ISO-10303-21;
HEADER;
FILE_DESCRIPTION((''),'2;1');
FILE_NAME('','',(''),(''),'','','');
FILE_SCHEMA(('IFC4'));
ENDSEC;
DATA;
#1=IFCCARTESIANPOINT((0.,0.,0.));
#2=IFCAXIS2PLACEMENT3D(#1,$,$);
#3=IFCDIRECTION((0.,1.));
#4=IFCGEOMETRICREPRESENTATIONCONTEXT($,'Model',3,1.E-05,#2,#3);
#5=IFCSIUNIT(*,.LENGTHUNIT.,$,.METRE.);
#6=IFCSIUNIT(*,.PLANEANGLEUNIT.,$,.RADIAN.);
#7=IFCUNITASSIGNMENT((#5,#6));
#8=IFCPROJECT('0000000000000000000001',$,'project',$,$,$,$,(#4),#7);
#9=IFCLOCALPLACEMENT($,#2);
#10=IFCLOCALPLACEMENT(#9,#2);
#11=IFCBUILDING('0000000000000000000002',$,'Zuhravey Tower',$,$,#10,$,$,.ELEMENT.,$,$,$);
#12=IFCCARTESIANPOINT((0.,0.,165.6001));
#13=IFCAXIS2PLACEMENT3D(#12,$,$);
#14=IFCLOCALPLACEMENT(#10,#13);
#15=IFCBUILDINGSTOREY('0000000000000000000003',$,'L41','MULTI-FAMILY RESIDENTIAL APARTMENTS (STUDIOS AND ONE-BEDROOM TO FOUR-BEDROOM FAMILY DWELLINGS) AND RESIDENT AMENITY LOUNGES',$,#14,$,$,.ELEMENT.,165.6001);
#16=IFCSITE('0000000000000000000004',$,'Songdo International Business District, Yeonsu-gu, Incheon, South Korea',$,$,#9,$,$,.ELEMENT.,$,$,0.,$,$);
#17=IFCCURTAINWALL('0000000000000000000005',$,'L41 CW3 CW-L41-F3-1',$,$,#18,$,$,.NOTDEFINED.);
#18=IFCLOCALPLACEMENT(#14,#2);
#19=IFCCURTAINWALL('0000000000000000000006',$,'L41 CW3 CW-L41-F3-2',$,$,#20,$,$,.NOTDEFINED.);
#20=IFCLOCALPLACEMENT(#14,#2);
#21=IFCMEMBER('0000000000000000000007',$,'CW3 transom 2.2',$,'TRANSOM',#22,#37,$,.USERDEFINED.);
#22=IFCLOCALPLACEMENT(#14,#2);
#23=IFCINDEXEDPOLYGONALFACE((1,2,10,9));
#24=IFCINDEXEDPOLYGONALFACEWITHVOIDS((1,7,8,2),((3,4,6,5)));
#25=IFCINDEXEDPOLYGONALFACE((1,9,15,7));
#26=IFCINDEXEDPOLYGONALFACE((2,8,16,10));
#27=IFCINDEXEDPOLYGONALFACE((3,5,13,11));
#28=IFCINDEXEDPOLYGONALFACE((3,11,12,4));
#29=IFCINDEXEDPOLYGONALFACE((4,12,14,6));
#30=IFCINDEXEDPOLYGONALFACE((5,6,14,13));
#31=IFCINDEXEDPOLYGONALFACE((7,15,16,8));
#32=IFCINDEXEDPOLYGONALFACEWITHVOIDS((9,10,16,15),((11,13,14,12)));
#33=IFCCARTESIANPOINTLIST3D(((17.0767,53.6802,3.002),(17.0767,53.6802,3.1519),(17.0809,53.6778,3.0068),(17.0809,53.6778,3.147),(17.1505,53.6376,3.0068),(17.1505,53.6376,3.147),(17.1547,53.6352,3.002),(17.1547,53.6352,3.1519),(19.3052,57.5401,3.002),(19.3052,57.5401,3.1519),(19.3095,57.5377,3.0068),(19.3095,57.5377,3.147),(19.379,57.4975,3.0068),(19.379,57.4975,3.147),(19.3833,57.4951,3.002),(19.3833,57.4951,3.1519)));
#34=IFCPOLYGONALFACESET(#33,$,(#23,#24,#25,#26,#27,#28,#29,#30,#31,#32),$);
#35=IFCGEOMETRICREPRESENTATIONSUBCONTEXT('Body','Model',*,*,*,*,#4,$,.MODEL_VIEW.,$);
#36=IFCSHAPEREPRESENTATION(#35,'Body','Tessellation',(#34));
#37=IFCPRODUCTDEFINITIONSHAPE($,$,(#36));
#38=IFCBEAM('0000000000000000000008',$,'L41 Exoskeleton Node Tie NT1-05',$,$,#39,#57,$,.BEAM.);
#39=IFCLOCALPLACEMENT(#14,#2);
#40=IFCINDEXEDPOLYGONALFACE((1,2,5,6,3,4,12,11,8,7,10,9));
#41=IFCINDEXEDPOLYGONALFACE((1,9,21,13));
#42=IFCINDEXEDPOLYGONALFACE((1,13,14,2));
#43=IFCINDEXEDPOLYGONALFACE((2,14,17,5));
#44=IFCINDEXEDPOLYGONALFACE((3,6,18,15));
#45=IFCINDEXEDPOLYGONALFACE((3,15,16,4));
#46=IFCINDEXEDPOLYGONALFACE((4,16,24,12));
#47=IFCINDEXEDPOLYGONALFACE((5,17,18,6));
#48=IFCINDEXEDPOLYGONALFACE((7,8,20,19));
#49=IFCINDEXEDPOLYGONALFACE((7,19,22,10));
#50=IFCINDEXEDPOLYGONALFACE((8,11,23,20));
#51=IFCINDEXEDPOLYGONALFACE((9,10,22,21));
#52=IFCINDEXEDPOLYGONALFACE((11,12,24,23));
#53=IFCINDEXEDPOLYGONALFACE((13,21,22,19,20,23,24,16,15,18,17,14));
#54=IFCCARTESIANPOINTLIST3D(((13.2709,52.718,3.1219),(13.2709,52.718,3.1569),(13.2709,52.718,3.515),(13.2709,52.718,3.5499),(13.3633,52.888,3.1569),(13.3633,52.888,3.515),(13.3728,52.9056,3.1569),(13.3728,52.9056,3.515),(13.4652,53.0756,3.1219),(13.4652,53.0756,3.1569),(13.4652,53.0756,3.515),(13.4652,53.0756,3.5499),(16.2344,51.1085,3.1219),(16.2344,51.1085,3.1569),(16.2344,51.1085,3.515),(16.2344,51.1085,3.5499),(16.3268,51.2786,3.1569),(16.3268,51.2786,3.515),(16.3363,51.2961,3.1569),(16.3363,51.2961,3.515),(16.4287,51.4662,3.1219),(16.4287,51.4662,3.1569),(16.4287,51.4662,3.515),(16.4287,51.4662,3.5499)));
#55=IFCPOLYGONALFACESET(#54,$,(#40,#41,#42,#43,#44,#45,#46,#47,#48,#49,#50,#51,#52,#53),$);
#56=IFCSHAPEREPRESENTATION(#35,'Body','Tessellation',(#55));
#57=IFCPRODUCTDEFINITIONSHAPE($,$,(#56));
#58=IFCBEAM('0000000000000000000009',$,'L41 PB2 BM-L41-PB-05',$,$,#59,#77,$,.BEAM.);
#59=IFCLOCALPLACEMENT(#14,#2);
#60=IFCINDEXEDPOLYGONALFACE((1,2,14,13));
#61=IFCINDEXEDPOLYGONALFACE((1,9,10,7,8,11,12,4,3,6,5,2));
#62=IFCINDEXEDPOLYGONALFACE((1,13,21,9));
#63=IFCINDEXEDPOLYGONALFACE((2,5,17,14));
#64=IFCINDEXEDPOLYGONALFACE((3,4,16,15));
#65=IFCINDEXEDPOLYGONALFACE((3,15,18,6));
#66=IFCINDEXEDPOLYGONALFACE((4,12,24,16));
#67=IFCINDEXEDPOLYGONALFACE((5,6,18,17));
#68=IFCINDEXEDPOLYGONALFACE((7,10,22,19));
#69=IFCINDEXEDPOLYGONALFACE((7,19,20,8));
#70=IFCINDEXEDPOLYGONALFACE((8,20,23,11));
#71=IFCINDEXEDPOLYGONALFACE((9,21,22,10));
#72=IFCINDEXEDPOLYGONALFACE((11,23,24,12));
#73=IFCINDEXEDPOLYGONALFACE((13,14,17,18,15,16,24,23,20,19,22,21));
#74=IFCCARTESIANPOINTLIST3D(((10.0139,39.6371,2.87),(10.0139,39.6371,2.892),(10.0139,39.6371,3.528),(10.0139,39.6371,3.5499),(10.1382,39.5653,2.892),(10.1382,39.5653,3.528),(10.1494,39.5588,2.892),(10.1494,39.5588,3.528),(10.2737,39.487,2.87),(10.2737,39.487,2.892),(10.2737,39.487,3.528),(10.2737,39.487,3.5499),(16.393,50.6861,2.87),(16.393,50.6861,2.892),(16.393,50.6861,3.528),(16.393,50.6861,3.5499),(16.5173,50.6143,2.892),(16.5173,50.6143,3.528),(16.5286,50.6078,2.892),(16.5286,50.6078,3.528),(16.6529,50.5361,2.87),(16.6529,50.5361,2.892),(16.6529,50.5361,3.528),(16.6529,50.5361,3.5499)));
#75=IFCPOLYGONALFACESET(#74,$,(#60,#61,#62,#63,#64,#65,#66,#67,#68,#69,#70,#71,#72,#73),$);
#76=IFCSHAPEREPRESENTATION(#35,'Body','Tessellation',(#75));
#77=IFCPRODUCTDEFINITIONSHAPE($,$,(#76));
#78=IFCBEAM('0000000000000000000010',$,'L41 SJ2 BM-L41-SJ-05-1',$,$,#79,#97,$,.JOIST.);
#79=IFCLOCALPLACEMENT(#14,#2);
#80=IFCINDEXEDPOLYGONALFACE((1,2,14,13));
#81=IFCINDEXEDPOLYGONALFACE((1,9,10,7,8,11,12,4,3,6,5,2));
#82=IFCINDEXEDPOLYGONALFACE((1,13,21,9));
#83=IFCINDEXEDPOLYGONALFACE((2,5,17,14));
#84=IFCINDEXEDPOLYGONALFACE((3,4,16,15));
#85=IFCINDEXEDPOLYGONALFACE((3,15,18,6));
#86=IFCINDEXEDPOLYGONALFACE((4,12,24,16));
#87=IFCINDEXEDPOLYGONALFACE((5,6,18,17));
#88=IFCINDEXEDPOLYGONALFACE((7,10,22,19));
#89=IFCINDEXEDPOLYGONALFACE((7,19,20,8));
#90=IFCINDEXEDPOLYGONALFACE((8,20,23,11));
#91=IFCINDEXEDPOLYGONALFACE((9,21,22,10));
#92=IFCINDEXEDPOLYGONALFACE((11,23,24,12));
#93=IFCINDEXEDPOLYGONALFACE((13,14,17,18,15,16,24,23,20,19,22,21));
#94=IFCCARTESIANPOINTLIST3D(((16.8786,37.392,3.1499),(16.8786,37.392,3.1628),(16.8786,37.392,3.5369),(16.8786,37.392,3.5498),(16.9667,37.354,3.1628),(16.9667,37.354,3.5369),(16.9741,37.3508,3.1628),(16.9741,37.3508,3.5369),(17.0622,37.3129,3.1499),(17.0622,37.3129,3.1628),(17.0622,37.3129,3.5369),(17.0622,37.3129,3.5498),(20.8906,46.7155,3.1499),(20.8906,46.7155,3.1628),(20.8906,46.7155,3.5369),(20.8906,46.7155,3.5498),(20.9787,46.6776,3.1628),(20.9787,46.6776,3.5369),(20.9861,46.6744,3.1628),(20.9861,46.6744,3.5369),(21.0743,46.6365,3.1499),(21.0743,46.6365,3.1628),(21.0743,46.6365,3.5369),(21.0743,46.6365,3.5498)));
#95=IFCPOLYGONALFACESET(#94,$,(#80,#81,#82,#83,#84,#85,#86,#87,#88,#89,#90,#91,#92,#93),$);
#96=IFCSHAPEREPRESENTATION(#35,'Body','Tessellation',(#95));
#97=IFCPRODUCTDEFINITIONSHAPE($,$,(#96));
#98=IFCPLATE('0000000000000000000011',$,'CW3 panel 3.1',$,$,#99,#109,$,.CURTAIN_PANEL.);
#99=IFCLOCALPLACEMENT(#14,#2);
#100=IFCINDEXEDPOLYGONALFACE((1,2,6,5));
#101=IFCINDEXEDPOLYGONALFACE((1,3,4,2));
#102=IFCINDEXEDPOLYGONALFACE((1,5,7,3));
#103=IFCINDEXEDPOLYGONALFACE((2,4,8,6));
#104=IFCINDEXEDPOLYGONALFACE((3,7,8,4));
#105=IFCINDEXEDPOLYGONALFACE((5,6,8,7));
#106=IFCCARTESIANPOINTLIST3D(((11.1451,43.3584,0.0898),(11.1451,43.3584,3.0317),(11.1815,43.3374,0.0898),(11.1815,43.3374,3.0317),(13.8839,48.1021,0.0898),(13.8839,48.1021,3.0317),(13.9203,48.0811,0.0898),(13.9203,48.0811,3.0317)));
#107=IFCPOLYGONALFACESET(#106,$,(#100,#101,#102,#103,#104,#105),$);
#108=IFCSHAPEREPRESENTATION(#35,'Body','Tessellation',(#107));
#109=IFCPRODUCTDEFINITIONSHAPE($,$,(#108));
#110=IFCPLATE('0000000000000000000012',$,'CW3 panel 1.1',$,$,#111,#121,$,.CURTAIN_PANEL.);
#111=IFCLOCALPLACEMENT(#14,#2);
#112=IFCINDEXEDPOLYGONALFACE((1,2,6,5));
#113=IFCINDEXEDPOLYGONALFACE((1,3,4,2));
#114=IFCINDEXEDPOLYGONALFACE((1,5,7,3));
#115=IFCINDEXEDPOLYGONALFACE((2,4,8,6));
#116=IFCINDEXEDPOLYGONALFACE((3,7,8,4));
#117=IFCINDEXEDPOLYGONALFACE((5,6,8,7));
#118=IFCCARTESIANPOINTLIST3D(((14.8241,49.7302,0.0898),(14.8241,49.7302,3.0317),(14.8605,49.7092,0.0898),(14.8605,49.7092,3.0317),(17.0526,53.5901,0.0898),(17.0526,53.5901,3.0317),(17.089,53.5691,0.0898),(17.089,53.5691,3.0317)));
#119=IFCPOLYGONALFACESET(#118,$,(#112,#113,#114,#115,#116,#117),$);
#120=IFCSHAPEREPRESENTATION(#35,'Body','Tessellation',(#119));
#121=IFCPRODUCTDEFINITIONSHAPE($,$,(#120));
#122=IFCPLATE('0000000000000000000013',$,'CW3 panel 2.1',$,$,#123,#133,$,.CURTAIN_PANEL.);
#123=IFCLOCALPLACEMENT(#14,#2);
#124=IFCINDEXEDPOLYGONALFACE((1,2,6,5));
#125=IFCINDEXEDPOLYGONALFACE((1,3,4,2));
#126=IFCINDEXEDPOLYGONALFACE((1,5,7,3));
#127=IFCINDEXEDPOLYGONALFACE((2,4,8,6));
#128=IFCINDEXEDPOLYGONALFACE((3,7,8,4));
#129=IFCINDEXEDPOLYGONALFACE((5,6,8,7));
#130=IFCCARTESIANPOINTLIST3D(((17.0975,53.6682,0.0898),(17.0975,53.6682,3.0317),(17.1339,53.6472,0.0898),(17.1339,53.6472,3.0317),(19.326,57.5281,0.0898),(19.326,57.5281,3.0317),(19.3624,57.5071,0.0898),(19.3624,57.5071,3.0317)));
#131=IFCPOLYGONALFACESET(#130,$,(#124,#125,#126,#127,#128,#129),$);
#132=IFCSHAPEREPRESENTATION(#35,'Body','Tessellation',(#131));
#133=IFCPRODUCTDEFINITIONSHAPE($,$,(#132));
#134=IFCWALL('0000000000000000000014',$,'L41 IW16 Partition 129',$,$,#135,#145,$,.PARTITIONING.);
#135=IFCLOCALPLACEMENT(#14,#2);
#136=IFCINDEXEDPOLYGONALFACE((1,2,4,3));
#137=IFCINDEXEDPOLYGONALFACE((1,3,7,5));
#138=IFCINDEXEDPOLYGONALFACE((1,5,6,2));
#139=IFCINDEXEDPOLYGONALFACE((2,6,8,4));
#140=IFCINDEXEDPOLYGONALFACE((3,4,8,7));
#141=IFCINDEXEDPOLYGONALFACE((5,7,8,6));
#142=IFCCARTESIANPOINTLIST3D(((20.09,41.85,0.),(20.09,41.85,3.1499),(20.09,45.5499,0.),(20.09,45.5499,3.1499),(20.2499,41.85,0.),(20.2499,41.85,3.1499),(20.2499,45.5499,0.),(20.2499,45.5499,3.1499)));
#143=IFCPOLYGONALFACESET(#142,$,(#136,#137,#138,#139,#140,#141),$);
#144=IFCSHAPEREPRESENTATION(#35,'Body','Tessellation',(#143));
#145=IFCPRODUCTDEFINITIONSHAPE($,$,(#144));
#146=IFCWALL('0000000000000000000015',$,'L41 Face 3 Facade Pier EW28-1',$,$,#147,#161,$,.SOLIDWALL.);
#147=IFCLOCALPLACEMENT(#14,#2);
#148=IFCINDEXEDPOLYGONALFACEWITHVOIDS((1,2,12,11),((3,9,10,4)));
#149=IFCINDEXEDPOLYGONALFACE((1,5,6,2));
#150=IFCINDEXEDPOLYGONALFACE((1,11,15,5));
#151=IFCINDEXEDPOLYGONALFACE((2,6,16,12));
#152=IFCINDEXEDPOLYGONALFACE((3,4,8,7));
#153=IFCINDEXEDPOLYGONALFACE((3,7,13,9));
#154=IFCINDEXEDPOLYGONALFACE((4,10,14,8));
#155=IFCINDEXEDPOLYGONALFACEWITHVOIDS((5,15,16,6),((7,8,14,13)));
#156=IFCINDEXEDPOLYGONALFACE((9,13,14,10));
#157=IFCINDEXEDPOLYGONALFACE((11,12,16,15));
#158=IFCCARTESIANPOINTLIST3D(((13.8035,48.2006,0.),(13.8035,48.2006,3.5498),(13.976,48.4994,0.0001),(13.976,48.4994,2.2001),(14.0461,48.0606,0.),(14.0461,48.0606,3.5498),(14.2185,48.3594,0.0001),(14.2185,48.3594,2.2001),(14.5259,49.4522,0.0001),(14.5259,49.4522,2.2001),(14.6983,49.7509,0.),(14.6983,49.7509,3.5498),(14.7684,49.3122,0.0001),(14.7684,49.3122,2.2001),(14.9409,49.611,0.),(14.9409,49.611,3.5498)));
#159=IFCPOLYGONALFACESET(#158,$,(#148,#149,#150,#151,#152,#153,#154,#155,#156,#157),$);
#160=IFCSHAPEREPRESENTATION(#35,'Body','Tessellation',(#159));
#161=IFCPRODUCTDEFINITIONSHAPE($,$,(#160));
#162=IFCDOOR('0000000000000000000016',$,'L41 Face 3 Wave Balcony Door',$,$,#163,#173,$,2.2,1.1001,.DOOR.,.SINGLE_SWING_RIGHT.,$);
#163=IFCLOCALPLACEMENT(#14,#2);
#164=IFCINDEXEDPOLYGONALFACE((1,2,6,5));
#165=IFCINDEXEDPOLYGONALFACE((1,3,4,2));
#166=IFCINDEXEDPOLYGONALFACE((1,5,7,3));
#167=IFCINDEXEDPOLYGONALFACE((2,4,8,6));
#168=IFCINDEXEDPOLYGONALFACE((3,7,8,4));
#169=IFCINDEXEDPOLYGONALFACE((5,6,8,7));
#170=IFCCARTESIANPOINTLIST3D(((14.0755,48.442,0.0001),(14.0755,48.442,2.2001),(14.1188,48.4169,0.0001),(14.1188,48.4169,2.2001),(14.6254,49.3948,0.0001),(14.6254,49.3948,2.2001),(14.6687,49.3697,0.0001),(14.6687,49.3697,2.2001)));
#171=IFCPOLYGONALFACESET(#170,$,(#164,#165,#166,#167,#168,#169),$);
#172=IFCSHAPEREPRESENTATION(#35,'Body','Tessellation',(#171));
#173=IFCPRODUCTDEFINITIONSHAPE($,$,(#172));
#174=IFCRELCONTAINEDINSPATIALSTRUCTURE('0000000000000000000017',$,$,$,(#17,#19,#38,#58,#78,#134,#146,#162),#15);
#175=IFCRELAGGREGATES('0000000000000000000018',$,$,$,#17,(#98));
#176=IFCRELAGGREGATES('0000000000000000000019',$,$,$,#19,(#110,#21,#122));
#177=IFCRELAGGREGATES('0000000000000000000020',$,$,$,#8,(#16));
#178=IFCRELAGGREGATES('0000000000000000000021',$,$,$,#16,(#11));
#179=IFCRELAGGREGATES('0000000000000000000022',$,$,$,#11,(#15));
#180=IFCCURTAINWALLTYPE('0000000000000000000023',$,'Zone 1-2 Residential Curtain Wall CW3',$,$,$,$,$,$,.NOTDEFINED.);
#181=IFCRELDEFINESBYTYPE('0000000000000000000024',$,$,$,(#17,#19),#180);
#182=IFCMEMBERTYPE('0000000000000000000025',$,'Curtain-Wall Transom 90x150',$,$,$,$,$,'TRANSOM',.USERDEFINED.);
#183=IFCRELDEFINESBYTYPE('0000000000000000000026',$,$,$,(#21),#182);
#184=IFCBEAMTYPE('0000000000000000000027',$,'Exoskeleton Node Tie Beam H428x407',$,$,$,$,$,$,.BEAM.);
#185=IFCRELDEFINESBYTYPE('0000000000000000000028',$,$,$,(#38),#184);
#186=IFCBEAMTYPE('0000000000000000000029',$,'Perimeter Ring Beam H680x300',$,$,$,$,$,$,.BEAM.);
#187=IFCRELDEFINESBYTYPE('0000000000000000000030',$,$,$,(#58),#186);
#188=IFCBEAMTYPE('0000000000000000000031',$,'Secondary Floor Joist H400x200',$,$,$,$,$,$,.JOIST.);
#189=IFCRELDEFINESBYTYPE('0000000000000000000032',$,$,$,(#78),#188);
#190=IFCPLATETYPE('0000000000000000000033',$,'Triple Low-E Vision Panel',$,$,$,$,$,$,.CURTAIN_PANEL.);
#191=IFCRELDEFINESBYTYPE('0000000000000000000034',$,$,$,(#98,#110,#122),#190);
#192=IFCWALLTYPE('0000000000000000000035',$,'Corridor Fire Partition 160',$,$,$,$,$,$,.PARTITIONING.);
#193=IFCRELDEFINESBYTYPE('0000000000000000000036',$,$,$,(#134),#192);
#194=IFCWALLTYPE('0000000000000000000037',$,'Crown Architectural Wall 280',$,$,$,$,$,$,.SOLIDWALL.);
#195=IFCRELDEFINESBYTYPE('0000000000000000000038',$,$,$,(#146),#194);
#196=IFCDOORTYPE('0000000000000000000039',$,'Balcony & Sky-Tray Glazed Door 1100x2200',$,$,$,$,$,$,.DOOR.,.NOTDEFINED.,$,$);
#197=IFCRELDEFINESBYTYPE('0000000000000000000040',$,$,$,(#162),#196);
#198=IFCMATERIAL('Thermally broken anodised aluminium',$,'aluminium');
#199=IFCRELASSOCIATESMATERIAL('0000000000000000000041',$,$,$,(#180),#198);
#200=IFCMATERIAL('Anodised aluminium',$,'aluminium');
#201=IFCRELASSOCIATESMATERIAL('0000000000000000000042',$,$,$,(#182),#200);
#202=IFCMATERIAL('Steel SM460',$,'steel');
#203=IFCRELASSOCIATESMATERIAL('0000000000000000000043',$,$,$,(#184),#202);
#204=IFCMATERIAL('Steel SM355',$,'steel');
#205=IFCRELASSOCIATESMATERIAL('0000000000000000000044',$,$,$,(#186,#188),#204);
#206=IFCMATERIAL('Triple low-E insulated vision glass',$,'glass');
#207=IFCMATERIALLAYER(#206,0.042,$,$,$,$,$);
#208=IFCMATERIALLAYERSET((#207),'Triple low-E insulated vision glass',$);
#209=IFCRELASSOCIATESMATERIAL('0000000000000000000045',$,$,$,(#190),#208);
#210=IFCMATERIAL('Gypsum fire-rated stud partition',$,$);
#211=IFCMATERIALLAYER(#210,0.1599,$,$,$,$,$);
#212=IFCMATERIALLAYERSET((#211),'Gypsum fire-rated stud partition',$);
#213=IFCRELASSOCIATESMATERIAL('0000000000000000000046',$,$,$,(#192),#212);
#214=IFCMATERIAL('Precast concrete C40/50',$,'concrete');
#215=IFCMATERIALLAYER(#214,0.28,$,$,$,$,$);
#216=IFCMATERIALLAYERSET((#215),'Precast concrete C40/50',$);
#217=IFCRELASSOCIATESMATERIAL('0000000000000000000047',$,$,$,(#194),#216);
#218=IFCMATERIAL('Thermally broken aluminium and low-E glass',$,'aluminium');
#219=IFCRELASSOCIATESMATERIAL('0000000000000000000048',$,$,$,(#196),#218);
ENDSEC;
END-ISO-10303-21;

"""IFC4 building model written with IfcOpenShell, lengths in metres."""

from ifc_helpers import new_model, si_unit, direction, frame, frame_2d, origin, origin_2d, place, context, subcontext, project, spatial, rectangle, hollow_rectangle, i_section, extrude, material, layer, layer_set, material_profile, profile_set, type_object, element, fill, aggregate, save


model = new_model("IFC4")

# Units and contexts
model_context = context("Model", 3, precision=1e-05, world=origin(), true_north=direction((0.0, 1.0)))
body_context = subcontext(model_context, "Body", "Model", "MODEL_VIEW")
ifc_project = project(units=[si_unit("LENGTHUNIT", "METRE"), si_unit("PLANEANGLEUNIT", "RADIAN")], contexts=[model_context])

# Site, building, storey
site_placement = place(None, origin())
site = spatial("IfcSite", under=ifc_project, at=site_placement, Name="Songdo International Business District, Yeonsu-gu, Incheon, South Korea", CompositionType="ELEMENT", RefElevation=0.0)
building_placement = place(site_placement, origin())
building = spatial("IfcBuilding", under=site, at=building_placement, Name="Zuhravey Tower", CompositionType="ELEMENT")
storey_placement = place(building_placement, frame((0.0, 0.0, 165.6001)))
storey = spatial("IfcBuildingStorey", under=building, at=storey_placement, Name="L41", Description="MULTI-FAMILY RESIDENTIAL APARTMENTS (STUDIOS AND ONE-BEDROOM TO FOUR-BEDROOM FAMILY DWELLINGS) AND RESIDENT AMENITY LOUNGES", CompositionType="ELEMENT", Elevation=165.6001)

# Curtain walls
ifc_material_1 = material(Name="Thermally broken anodised aluminium", Category="aluminium")
curtain_wall_type = type_object("IfcCurtainWallType", Name="Zone 1-2 Residential Curtain Wall CW3", PredefinedType="NOTDEFINED", material=ifc_material_1)
curtain_wall_1_placement = place(storey_placement, origin())
curtain_wall_1 = element("IfcCurtainWall", 1, at=curtain_wall_1_placement, inside=storey, type_object=curtain_wall_type, Name="L41 CW3 CW-L41-F3-1", PredefinedType="NOTDEFINED")
ifc_material_2 = material(Name="Anodised aluminium", Category="aluminium")
curtain_wall_2_placement = place(storey_placement, origin())
curtain_wall_2 = element("IfcCurtainWall", 2, at=curtain_wall_2_placement, inside=storey, type_object=curtain_wall_type, Name="L41 CW3 CW-L41-F3-2", PredefinedType="NOTDEFINED")

# Member
ifc_material_profile_1 = material_profile(ifc_material_2, hollow_rectangle(XDim=0.0901, YDim=0.1499, WallThickness=0.0049, at=origin_2d()), Name="ALU-RHS-90x150x5")
ifc_profile_set_1 = profile_set([ifc_material_profile_1], Name="Anodised aluminium")
member_type_1 = type_object("IfcMemberType", Name="Curtain-Wall Transom 90x150", ElementType="TRANSOM", PredefinedType="USERDEFINED", material=ifc_profile_set_1)
member_1_placement = place(storey_placement, frame((17.1157, 53.6577, 3.0769), z_axis=(0.500004, 0.866023, 0.0), x_axis=(-0.866023, 0.500004, 0.0)))
member_1 = element("IfcMember", 3, at=member_1_placement, type_object=member_type_1, Name="CW3 transom 2.2", ObjectType="TRANSOM", PredefinedType="USERDEFINED", context=body_context, shape_type="SweptSolid", body=[
    extrude(hollow_rectangle(XDim=0.0901, YDim=0.1499, WallThickness=0.0049, at=origin_2d()), origin(), (0.0, 0.0, 1.0), 4.457),
])

# Beams
ifc_material_3 = material(Name="Steel SM460", Category="steel")
ifc_material_profile_2 = material_profile(ifc_material_3, i_section(OverallWidth=0.407, OverallDepth=0.428, WebThickness=0.02, FlangeThickness=0.0349, at=origin_2d()), Name="H-428x407x20x35")
ifc_profile_set_2 = profile_set([ifc_material_profile_2], Name="Steel SM460")
beam_type_1 = type_object("IfcBeamType", Name="Exoskeleton Node Tie Beam H428x407", PredefinedType="BEAM", material=ifc_profile_set_2)
beam_1_placement = place(storey_placement, frame((16.3315, 51.2874, 3.3359), z_axis=(-0.878768, 0.477248, 0.0), x_axis=(-0.477248, -0.878768, 0.0)))
element("IfcBeam", 4, at=beam_1_placement, inside=storey, type_object=beam_type_1, Name="L41 Exoskeleton Node Tie NT1-05", PredefinedType="BEAM", context=body_context, shape_type="SweptSolid", body=[
    extrude(i_section(OverallWidth=0.407, OverallDepth=0.428, WebThickness=0.02, FlangeThickness=0.0349, at=origin_2d()), origin(), (0.0, 0.0, 1.0), 3.3723),
])
ifc_material_4 = material(Name="Steel SM355", Category="steel")
ifc_material_profile_3 = material_profile(ifc_material_4, i_section(OverallWidth=0.3, OverallDepth=0.6799, WebThickness=0.0129, FlangeThickness=0.022, at=origin_2d()), Name="H-680x300x13x22")
ifc_profile_set_3 = profile_set([ifc_material_profile_3], Name="Steel SM355")
beam_type_2 = type_object("IfcBeamType", Name="Perimeter Ring Beam H680x300", PredefinedType="BEAM", material=ifc_profile_set_3)
beam_2_placement = place(storey_placement, frame((16.5229, 50.6111, 3.21), z_axis=(-0.499998, -0.866027, 0.0), x_axis=(0.866027, -0.499998, 0.0)))
element("IfcBeam", 5, at=beam_2_placement, inside=storey, type_object=beam_type_2, Name="L41 PB2 BM-L41-PB-05", PredefinedType="BEAM", context=body_context, shape_type="SweptSolid", body=[
    extrude(i_section(OverallWidth=0.3, OverallDepth=0.6799, WebThickness=0.0129, FlangeThickness=0.022, at=origin_2d()), origin(), (0.0, 0.0, 1.0), 12.7583),
])
ifc_material_profile_4 = material_profile(ifc_material_4, i_section(OverallWidth=0.2, OverallDepth=0.3999, WebThickness=0.0081, FlangeThickness=0.0129, at=origin_2d()), Name="H-400x200x8x13")
ifc_profile_set_4 = profile_set([ifc_material_profile_4], Name="Steel SM355")
beam_type_3 = type_object("IfcBeamType", Name="Secondary Floor Joist H400x200", PredefinedType="JOIST", material=ifc_profile_set_4)
beam_3_placement = place(storey_placement, frame((20.9824, 46.676, 3.3499), z_axis=(-0.395266, -0.918567, 0.0), x_axis=(0.918567, -0.395266, 0.0)))
element("IfcBeam", 6, at=beam_3_placement, inside=storey, type_object=beam_type_3, Name="L41 SJ2 BM-L41-SJ-05-1", PredefinedType="JOIST", context=body_context, shape_type="SweptSolid", body=[
    extrude(i_section(OverallWidth=0.2, OverallDepth=0.3999, WebThickness=0.0081, FlangeThickness=0.0129, at=origin_2d()), origin(), (0.0, 0.0, 1.0), 10.1501),
])

# Plates
ifc_material_5 = material(Name="Triple low-E insulated vision glass", Category="glass")
ifc_layer_1 = layer(ifc_material_5, 0.042)
ifc_layer_set_1 = layer_set([ifc_layer_1], Name="Triple low-E insulated vision glass")
plate_type = type_object("IfcPlateType", Name="Triple Low-E Vision Panel", PredefinedType="CURTAIN_PANEL", material=ifc_layer_set_1)
plate_1_placement = place(storey_placement, frame((12.5327, 45.7197, 0.0898), z_axis=(0.0, 0.0, 1.0), x_axis=(0.500003, 0.866023, 0.0)))
plate_1 = element("IfcPlate", 7, at=plate_1_placement, type_object=plate_type, Name="CW3 panel 3.1", PredefinedType="CURTAIN_PANEL", context=body_context, shape_type="SweptSolid", body=[
    extrude(rectangle(XDim=5.4775, YDim=0.042, at=origin_2d()), origin(), (0.0, 0.0, 1.0), 2.9419),
])
aggregate(curtain_wall_1, [plate_1])
plate_2_placement = place(storey_placement, frame((15.9565, 51.6497, 0.0898), z_axis=(0.0, 0.0, 1.0), x_axis=(0.499998, 0.866027, 0.0)))
plate_2 = element("IfcPlate", 8, at=plate_2_placement, type_object=plate_type, Name="CW3 panel 1.1", PredefinedType="CURTAIN_PANEL", context=body_context, shape_type="SweptSolid", body=[
    extrude(rectangle(XDim=4.457, YDim=0.042, at=origin_2d()), origin(), (0.0, 0.0, 1.0), 2.9419),
])
plate_3_placement = place(storey_placement, frame((18.23, 55.5876, 0.0898), z_axis=(0.0, 0.0, 1.0), x_axis=(0.499998, 0.866027, 0.0)))
plate_3 = element("IfcPlate", 9, at=plate_3_placement, type_object=plate_type, Name="CW3 panel 2.1", PredefinedType="CURTAIN_PANEL", context=body_context, shape_type="SweptSolid", body=[
    extrude(rectangle(XDim=4.457, YDim=0.042, at=origin_2d()), origin(), (0.0, 0.0, 1.0), 2.9419),
])
aggregate(curtain_wall_2, [plate_2, member_1, plate_3])

# Wall
ifc_material_6 = material(Name="Gypsum fire-rated stud partition")
ifc_layer_2 = layer(ifc_material_6, 0.1599)
ifc_layer_set_2 = layer_set([ifc_layer_2], Name="Gypsum fire-rated stud partition")
wall_type_1 = type_object("IfcWallType", Name="Corridor Fire Partition 160", PredefinedType="PARTITIONING", material=ifc_layer_set_2)
wall_1_placement = place(storey_placement, frame((20.1699, 45.55, 0.0), z_axis=(0.0, 0.0, 1.0), x_axis=(0.0, -1.0, 0.0)))
element("IfcWall", 10, at=wall_1_placement, inside=storey, type_object=wall_type_1, Name="L41 IW16 Partition 129", PredefinedType="PARTITIONING", context=body_context, shape_type="SweptSolid", body=[
    extrude(rectangle(XDim=3.7, YDim=0.1599, at=frame_2d((1.8501, 0.0))), origin(), (0.0, 0.0, 1.0), 3.1499),
])

# Wall, opening, door
ifc_material_7 = material(Name="Precast concrete C40/50", Category="concrete")
ifc_layer_3 = layer(ifc_material_7, 0.28)
ifc_layer_set_3 = layer_set([ifc_layer_3], Name="Precast concrete C40/50")
wall_type_2 = type_object("IfcWallType", Name="Crown Architectural Wall 280", PredefinedType="SOLIDWALL", material=ifc_layer_set_3)
wall_2_placement = place(storey_placement, frame((13.9248, 48.1306, 0.0), z_axis=(0.0, 0.0, 1.0), x_axis=(0.49988, 0.866095, 0.0)))
wall_2 = element("IfcWall", 11, at=wall_2_placement, inside=storey, type_object=wall_type_2, Name="L41 Face 3 Facade Pier EW28-1", PredefinedType="SOLIDWALL", context=body_context, shape_type="SweptSolid", body=[
    extrude(rectangle(XDim=1.79, YDim=0.28, at=frame_2d((0.895, 0.0))), origin(), (0.0, 0.0, 1.0), 3.5498),
])
opening_1_placement = place(wall_2_placement, frame((0.345, 0.0, 0.0)))
opening_1 = element("IfcOpeningElement", 12, at=opening_1_placement, cuts=wall_2, PredefinedType="OPENING", context=body_context, shape_type="SweptSolid", body=[
    extrude(rectangle(XDim=1.1001, YDim=2.2, at=frame_2d((0.55, 1.1001))), frame((0.0, 0.1521, 0.0), z_axis=(0.0, -1.0, 0.0), x_axis=(1.0, 0.0, 0.0)), (0.0, 0.0, 1.0), 0.304),
])
ifc_material_8 = material(Name="Thermally broken aluminium and low-E glass", Category="aluminium")
door_type_1 = type_object("IfcDoorType", Name="Balcony & Sky-Tray Glazed Door 1100x2200", OperationType="NOTDEFINED", PredefinedType="DOOR", material=ifc_material_8)
door_1_placement = place(opening_1_placement, frame((1.1001, 0.0, 0.0), z_axis=(0.0, 0.0, 1.0), x_axis=(-1.0, 0.0, 0.0)))
door_1 = element("IfcDoor", 13, at=door_1_placement, inside=storey, type_object=door_type_1, Name="L41 Face 3 Wave Balcony Door", OperationType="SINGLE_SWING_RIGHT", OverallHeight=2.2, OverallWidth=1.1001, PredefinedType="DOOR", context=body_context, shape_type="SweptSolid", body=[
    extrude(rectangle(XDim=1.1001, YDim=2.2, at=frame_2d((0.55, 1.1001))), frame((0.0, 0.0249, 0.0), z_axis=(0.0, -1.0, 0.0), x_axis=(1.0, 0.0, 0.0)), (0.0, 0.0, 1.0), 0.05),
])
fill(opening_1, door_1)

save(model, "model.ifc")
